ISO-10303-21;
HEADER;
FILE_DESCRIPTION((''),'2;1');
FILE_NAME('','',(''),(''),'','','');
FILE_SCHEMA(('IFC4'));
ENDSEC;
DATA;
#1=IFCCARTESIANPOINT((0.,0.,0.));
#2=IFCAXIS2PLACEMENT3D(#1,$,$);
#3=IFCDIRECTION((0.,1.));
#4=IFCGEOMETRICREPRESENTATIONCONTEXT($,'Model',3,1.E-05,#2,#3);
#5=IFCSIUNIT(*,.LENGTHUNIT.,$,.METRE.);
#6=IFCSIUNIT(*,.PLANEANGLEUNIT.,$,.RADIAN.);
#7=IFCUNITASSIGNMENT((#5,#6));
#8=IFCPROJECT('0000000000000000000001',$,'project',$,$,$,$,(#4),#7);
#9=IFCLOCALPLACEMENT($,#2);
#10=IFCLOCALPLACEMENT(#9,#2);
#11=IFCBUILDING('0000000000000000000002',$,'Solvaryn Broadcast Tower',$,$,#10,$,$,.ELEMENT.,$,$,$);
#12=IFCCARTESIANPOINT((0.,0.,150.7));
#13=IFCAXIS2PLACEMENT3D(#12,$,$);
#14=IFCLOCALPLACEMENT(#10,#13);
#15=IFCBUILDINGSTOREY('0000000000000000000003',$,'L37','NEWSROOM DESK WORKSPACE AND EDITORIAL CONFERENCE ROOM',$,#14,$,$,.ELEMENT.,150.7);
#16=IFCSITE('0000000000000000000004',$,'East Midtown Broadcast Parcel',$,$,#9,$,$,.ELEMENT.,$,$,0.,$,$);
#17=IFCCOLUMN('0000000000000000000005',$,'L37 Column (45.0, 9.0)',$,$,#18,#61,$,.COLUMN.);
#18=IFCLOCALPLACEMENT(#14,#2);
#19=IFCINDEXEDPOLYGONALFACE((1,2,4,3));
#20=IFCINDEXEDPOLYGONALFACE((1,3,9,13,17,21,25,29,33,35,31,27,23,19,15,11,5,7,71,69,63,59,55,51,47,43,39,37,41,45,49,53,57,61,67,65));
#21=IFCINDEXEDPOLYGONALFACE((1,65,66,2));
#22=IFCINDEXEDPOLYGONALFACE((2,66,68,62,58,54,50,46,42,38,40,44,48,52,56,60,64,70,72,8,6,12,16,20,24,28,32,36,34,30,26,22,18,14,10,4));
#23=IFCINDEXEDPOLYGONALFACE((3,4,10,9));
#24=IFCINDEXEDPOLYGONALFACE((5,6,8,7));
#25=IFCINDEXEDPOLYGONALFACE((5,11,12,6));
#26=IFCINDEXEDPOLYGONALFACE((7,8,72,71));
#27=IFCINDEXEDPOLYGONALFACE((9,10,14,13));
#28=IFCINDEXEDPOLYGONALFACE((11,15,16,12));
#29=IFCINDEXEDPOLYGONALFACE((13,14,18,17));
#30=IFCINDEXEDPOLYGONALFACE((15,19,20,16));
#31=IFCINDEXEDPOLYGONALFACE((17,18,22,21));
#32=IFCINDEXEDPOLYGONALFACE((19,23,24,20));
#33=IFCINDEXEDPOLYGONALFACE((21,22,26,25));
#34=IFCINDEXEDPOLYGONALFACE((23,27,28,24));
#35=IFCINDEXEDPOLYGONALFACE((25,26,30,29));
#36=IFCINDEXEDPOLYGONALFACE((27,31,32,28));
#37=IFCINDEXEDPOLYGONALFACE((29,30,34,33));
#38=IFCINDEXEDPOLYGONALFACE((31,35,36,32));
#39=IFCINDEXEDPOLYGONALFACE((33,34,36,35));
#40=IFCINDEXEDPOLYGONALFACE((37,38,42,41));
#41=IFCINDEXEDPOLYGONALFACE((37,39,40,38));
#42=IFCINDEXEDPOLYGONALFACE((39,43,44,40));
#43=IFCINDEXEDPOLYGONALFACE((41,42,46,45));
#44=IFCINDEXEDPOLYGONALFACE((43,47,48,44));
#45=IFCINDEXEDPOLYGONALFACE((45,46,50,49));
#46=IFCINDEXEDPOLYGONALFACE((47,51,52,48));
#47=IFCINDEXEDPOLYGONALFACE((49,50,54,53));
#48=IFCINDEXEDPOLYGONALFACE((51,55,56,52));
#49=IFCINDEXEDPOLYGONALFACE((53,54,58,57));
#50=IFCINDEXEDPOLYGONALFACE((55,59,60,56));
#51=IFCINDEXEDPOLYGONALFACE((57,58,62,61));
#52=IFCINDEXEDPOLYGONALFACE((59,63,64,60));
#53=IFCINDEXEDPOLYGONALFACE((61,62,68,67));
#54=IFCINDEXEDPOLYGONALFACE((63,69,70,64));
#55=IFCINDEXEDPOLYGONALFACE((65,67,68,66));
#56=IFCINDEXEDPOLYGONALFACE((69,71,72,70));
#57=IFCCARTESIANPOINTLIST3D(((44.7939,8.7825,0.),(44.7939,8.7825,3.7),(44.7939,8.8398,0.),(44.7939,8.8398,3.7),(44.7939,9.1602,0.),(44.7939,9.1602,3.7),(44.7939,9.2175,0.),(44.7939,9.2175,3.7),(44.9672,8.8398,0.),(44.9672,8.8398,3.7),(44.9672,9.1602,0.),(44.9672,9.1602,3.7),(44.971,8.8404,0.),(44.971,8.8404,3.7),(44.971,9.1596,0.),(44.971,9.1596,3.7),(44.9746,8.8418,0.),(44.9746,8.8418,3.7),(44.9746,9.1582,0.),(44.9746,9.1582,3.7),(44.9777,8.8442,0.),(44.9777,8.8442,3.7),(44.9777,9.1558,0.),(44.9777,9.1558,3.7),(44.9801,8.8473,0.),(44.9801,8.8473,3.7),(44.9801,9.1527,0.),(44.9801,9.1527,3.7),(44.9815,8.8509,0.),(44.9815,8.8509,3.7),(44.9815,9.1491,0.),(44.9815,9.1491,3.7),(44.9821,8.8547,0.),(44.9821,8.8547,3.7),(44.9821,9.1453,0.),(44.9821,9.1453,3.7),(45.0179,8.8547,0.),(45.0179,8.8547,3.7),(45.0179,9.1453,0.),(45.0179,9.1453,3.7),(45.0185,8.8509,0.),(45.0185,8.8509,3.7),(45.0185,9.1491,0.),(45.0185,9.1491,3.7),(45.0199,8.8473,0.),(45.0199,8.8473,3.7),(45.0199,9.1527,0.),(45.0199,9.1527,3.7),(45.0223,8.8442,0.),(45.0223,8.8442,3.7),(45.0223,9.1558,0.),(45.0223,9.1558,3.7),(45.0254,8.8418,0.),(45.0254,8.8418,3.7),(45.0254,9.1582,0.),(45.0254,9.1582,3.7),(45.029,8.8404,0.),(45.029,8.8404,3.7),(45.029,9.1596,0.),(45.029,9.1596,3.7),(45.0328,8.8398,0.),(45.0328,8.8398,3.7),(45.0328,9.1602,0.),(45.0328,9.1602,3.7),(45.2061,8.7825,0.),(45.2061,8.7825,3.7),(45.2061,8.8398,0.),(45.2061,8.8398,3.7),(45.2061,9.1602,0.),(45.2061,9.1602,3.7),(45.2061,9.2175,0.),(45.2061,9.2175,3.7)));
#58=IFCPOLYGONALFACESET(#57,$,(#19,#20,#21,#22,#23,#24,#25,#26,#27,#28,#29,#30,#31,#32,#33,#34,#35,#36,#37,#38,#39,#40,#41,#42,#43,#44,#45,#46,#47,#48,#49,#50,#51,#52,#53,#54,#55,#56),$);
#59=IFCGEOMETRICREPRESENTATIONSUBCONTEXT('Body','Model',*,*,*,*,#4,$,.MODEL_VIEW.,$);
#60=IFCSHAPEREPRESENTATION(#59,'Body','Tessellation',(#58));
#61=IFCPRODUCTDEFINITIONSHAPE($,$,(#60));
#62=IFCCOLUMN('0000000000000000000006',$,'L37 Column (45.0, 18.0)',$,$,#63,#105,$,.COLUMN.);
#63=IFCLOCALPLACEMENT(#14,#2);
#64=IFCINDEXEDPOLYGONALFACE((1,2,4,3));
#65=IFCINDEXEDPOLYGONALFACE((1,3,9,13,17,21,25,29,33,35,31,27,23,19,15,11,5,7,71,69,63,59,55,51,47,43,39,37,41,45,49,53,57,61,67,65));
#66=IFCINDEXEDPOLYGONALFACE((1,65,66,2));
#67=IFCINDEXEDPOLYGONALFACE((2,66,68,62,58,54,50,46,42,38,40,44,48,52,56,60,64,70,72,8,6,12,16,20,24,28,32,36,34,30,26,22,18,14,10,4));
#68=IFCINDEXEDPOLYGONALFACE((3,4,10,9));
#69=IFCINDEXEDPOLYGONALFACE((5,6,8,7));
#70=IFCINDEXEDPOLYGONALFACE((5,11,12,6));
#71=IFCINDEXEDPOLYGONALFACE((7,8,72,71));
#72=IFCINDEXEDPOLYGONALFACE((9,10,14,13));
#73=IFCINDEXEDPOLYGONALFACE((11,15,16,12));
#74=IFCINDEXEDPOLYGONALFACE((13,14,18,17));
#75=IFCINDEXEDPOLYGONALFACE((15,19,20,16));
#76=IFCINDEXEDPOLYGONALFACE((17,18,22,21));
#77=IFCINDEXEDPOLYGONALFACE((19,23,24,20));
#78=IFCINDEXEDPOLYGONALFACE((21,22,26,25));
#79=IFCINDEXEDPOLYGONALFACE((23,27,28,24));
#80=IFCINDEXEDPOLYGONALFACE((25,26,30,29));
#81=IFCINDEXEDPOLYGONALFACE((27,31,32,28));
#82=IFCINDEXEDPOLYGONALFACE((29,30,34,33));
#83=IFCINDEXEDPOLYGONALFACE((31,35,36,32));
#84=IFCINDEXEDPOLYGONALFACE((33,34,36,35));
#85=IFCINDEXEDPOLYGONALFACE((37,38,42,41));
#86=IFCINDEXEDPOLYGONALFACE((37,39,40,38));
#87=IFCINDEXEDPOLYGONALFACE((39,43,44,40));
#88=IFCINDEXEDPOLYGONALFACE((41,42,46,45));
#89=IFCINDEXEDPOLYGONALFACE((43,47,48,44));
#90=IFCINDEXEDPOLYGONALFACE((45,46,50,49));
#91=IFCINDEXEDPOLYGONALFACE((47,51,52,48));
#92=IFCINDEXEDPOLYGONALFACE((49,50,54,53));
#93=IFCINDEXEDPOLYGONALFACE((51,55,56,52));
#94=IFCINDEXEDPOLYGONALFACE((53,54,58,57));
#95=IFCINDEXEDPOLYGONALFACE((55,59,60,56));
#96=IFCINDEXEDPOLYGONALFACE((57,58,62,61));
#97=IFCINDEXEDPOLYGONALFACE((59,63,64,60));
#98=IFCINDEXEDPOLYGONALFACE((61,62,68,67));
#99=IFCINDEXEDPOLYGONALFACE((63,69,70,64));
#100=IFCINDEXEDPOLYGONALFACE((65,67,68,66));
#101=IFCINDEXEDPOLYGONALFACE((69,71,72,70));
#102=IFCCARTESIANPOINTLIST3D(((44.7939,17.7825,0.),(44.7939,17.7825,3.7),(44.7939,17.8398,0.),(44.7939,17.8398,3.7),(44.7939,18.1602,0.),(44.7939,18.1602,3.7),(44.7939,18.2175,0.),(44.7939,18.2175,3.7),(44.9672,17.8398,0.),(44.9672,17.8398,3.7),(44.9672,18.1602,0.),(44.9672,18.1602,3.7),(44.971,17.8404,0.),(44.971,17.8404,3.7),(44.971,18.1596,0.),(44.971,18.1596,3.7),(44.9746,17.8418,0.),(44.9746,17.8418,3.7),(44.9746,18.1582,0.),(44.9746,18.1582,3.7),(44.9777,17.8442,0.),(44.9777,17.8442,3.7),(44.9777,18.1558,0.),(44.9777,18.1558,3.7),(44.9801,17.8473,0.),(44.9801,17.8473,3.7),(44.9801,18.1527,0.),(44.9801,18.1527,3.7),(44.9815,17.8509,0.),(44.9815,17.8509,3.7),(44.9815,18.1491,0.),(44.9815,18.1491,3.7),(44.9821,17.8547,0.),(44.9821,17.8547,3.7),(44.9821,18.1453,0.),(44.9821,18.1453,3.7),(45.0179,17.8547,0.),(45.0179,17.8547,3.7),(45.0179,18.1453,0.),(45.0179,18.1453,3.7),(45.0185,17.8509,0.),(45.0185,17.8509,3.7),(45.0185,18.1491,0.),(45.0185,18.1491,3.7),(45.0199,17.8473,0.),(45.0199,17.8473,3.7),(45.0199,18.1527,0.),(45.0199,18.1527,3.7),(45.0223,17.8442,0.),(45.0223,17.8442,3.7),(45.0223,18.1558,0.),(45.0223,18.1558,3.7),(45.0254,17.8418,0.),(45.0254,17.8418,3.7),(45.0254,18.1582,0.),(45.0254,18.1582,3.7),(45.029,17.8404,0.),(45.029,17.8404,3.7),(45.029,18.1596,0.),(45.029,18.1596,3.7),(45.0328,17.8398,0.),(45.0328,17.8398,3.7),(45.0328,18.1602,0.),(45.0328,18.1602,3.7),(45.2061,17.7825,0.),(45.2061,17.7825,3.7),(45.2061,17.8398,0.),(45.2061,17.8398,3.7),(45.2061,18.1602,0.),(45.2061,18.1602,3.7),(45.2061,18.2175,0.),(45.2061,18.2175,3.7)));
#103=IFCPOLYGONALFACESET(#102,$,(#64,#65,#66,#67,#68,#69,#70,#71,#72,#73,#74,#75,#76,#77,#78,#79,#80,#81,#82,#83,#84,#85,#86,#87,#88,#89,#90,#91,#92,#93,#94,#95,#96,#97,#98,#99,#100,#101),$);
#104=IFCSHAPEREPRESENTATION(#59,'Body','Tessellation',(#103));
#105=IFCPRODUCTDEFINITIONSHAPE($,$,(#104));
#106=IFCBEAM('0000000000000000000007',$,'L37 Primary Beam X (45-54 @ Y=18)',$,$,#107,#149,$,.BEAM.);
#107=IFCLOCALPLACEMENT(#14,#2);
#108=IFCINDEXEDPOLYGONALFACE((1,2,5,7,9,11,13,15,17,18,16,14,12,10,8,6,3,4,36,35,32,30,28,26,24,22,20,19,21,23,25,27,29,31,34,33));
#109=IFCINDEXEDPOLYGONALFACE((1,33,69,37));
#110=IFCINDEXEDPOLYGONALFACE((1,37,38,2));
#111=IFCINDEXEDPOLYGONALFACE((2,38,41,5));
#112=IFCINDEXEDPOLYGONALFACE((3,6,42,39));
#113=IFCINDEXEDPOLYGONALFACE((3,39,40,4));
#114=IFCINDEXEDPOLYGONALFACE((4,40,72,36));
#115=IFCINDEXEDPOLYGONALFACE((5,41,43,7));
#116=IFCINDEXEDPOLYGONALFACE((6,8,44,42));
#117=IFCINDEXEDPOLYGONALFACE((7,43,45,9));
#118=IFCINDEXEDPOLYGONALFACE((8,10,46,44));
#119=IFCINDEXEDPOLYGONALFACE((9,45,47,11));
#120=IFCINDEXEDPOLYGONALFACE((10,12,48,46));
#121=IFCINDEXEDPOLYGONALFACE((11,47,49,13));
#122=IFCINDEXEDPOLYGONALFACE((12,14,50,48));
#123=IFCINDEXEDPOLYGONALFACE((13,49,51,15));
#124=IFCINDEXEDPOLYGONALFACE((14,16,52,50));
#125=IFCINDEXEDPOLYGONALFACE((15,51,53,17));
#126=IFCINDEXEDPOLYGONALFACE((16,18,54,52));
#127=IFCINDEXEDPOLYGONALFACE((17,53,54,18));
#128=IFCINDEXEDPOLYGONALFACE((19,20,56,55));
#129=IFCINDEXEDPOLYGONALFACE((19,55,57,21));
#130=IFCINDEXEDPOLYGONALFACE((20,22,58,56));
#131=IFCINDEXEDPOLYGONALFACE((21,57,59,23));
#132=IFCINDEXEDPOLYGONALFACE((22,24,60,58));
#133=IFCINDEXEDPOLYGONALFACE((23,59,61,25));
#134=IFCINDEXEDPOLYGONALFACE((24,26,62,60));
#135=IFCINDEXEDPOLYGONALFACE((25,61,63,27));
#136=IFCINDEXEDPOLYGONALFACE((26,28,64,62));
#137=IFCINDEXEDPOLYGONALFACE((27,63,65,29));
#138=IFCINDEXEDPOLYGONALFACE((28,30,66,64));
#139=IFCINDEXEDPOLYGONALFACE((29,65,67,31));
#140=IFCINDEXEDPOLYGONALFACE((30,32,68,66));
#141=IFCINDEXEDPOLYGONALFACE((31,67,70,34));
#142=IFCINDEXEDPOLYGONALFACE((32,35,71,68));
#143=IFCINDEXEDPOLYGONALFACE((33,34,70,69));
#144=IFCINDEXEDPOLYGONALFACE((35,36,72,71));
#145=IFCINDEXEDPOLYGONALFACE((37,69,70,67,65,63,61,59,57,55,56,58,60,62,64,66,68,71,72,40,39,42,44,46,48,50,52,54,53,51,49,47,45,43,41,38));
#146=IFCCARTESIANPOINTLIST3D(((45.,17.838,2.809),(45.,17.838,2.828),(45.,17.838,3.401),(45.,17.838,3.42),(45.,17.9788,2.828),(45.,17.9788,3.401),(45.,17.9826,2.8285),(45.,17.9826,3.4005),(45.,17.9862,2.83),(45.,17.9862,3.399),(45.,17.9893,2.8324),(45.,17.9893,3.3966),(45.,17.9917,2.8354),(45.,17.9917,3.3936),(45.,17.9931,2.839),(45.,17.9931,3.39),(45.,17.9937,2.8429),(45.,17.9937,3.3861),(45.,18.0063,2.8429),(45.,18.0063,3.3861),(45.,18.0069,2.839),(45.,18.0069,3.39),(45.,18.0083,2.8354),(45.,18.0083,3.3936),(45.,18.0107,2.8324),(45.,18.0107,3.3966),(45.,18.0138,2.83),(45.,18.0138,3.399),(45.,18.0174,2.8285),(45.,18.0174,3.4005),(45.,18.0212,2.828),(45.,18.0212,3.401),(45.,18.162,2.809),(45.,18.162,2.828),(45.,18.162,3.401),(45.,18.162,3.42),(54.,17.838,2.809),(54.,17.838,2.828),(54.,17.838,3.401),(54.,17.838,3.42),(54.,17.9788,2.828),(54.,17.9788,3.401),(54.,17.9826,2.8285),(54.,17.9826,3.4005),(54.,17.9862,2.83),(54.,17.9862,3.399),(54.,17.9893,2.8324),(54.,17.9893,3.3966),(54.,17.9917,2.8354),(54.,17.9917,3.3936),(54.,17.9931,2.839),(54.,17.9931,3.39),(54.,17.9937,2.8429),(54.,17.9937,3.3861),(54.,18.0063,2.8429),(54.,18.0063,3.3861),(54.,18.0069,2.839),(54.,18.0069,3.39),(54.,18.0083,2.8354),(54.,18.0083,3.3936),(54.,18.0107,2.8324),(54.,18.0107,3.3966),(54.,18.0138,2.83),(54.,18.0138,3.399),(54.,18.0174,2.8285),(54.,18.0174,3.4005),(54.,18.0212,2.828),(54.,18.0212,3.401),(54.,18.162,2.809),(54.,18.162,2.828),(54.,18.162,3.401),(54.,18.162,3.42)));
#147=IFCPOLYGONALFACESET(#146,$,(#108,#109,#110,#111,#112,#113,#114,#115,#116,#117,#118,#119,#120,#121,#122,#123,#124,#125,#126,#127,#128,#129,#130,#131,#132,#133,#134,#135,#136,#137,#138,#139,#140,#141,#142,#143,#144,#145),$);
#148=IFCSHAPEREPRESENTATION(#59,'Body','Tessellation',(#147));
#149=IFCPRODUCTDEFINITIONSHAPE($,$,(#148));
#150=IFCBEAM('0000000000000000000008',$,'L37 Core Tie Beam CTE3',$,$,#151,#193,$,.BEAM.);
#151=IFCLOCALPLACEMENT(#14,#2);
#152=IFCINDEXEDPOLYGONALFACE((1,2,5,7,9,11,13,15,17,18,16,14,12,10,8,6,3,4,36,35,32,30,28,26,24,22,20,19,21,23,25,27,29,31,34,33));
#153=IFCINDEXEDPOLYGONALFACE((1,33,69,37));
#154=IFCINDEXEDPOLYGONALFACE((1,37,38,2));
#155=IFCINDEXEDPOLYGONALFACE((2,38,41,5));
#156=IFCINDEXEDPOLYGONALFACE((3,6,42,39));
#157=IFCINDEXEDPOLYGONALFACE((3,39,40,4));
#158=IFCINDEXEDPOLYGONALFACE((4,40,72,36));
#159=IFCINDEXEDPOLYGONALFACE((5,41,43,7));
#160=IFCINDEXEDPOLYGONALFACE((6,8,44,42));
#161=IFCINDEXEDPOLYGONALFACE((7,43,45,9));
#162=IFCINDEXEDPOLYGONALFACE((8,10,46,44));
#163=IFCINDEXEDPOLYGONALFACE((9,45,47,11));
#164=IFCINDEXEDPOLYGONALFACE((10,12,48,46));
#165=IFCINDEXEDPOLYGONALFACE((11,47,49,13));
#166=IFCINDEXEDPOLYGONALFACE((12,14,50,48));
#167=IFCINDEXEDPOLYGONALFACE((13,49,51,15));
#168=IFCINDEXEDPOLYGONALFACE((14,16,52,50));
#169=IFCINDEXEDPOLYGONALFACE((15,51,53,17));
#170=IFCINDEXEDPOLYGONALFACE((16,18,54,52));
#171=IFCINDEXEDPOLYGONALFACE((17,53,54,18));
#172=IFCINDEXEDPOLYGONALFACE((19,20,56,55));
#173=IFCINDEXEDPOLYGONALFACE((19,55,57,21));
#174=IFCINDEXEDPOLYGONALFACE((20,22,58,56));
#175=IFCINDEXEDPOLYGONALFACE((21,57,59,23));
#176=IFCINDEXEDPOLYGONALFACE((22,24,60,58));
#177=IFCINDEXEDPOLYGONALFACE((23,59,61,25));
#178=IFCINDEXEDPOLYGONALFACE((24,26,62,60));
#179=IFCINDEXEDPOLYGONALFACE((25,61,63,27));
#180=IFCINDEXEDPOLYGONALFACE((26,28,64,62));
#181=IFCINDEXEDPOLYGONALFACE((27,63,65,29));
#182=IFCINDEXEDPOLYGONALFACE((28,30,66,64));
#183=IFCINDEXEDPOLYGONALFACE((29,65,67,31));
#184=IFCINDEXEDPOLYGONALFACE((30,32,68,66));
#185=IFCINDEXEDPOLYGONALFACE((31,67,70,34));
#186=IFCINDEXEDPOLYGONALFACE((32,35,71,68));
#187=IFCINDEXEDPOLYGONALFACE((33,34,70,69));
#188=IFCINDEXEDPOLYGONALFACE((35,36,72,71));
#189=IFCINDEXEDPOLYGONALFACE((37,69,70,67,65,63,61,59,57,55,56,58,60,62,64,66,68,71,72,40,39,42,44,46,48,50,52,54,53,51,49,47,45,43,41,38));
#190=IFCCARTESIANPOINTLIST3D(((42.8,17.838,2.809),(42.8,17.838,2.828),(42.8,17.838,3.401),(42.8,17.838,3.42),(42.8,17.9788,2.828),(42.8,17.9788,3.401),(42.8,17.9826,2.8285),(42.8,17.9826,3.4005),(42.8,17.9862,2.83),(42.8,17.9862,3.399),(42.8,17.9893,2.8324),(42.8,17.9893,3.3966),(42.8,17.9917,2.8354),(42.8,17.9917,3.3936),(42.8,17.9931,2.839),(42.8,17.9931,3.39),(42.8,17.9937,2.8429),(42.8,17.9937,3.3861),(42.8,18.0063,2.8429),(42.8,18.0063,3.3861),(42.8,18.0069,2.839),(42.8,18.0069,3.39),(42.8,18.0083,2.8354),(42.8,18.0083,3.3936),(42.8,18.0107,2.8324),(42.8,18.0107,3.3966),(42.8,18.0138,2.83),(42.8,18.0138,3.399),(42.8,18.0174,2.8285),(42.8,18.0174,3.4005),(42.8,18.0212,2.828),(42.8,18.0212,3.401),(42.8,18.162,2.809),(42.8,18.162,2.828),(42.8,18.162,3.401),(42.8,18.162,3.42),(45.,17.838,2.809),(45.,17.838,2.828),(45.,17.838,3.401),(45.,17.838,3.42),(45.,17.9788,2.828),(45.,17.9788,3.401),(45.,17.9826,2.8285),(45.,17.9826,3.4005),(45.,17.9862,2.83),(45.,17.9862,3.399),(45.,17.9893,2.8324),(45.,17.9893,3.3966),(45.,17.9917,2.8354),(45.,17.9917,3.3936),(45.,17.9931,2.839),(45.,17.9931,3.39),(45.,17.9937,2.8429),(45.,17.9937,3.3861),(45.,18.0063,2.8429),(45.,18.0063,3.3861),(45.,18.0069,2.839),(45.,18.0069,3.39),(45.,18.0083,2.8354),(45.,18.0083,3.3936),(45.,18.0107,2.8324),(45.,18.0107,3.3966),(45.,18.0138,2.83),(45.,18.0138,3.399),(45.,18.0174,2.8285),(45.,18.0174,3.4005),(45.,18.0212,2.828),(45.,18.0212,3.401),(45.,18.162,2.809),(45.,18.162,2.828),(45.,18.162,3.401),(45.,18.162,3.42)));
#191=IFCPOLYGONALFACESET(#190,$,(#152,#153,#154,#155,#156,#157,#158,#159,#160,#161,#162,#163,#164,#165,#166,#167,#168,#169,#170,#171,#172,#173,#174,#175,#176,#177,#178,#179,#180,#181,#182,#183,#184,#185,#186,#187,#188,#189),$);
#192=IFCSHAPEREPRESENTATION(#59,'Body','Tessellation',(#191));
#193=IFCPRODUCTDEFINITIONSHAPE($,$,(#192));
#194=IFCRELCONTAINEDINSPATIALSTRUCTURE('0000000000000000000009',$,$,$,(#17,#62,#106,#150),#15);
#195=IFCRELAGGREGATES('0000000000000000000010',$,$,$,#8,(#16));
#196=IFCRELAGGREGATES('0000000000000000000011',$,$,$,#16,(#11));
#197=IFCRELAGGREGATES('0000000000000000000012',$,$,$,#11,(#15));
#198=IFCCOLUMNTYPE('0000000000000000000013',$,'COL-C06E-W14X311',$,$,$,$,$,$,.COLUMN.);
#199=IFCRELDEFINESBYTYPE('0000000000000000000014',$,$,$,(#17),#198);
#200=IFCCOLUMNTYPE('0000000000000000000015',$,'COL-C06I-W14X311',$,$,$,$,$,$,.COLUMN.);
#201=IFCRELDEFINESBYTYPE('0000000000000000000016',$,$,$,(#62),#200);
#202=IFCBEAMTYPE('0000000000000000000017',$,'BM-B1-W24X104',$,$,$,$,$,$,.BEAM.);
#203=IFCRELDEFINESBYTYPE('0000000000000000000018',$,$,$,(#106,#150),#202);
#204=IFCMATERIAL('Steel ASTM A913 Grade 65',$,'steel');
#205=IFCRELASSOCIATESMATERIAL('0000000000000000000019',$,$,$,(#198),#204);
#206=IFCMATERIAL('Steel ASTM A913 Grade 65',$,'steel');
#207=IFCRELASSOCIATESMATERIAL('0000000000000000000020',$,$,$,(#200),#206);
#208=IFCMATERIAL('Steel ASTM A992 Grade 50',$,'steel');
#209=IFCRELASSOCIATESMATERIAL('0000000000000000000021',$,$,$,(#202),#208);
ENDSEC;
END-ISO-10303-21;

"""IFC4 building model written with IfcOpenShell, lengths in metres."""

from ifc_helpers import new_model, si_unit, direction, frame, origin, origin_2d, place, context, subcontext, project, spatial, i_section, extrude, material, material_profile, profile_set, type_object, element, save


model = new_model("IFC4")

# Units and contexts
model_context = context("Model", 3, precision=1e-05, world=origin(), true_north=direction((0.0, 1.0)))
body_context = subcontext(model_context, "Body", "Model", "MODEL_VIEW")
ifc_project = project(units=[si_unit("LENGTHUNIT", "METRE"), si_unit("PLANEANGLEUNIT", "RADIAN")], contexts=[model_context])

# Site, building, storey
site_placement = place(None, origin())
site = spatial("IfcSite", under=ifc_project, at=site_placement, Name="East Midtown Broadcast Parcel", CompositionType="ELEMENT", RefElevation=0.0)
building_placement = place(site_placement, origin())
building = spatial("IfcBuilding", under=site, at=building_placement, Name="Solvaryn Broadcast Tower", CompositionType="ELEMENT")
storey_placement = place(building_placement, frame((0.0, 0.0, 150.7)))
storey = spatial("IfcBuildingStorey", under=building, at=storey_placement, Name="L37", Description="NEWSROOM DESK WORKSPACE AND EDITORIAL CONFERENCE ROOM", CompositionType="ELEMENT", Elevation=150.7)

# Columns
ifc_material_1 = material(Name="Steel ASTM A913 Grade 65", Category="steel")
ifc_material_profile_1 = material_profile(ifc_material_1, i_section(OverallWidth=0.4121, OverallDepth=0.4351, WebThickness=0.0359, FlangeThickness=0.0574, FilletRadius=0.0149, at=origin_2d()))
ifc_profile_set_1 = profile_set([ifc_material_profile_1], Name="Steel ASTM A913 Grade 65")
column_type_1 = type_object("IfcColumnType", Name="COL-C06E-W14X311", PredefinedType="COLUMN", material=ifc_profile_set_1)
column_1_placement = place(storey_placement, frame((45.0, 9.0, 0.0), z_axis=(0.0, 0.0, 1.0), x_axis=(1.0, 0.0, 0.0)))
element("IfcColumn", 1, at=column_1_placement, inside=storey, type_object=column_type_1, Name="L37 Column (45.0, 9.0)", PredefinedType="COLUMN", context=body_context, shape_type="SweptSolid", body=[
    extrude(i_section(OverallWidth=0.4121, OverallDepth=0.4351, WebThickness=0.0359, FlangeThickness=0.0574, FilletRadius=0.0149, at=origin_2d()), origin(), (0.0, 0.0, 1.0), 3.7),
])
ifc_material_2 = material(Name="Steel ASTM A913 Grade 65", Category="steel")
ifc_material_profile_2 = material_profile(ifc_material_2, i_section(OverallWidth=0.4121, OverallDepth=0.4351, WebThickness=0.0359, FlangeThickness=0.0574, FilletRadius=0.0149, at=origin_2d()))
ifc_profile_set_2 = profile_set([ifc_material_profile_2], Name="Steel ASTM A913 Grade 65")
column_type_2 = type_object("IfcColumnType", Name="COL-C06I-W14X311", PredefinedType="COLUMN", material=ifc_profile_set_2)
column_2_placement = place(storey_placement, frame((45.0, 18.0, 0.0), z_axis=(0.0, 0.0, 1.0), x_axis=(1.0, 0.0, 0.0)))
element("IfcColumn", 2, at=column_2_placement, inside=storey, type_object=column_type_2, Name="L37 Column (45.0, 18.0)", PredefinedType="COLUMN", context=body_context, shape_type="SweptSolid", body=[
    extrude(i_section(OverallWidth=0.4121, OverallDepth=0.4351, WebThickness=0.0359, FlangeThickness=0.0574, FilletRadius=0.0149, at=origin_2d()), origin(), (0.0, 0.0, 1.0), 3.7),
])

# Beams
ifc_material_3 = material(Name="Steel ASTM A992 Grade 50", Category="steel")
ifc_material_profile_3 = material_profile(ifc_material_3, i_section(OverallWidth=0.324, OverallDepth=0.6111, WebThickness=0.0127, FlangeThickness=0.019, FilletRadius=0.0149, at=origin_2d()))
ifc_profile_set_3 = profile_set([ifc_material_profile_3], Name="Steel ASTM A992 Grade 50")
beam_type = type_object("IfcBeamType", Name="BM-B1-W24X104", PredefinedType="BEAM", material=ifc_profile_set_3)
beam_1_placement = place(storey_placement, frame((45.0, 18.0, 3.1145), z_axis=(1.0, 0.0, 0.0), x_axis=(0.0, 1.0, 0.0)))
element("IfcBeam", 3, at=beam_1_placement, inside=storey, type_object=beam_type, Name="L37 Primary Beam X (45-54 @ Y=18)", PredefinedType="BEAM", context=body_context, shape_type="SweptSolid", body=[
    extrude(i_section(OverallWidth=0.324, OverallDepth=0.6111, WebThickness=0.0127, FlangeThickness=0.019, FilletRadius=0.0149, at=origin_2d()), origin(), (0.0, 0.0, 1.0), 9.0),
])
beam_2_placement = place(storey_placement, frame((42.8, 18.0, 3.1145), z_axis=(1.0, 0.0, 0.0), x_axis=(0.0, 1.0, 0.0)))
element("IfcBeam", 4, at=beam_2_placement, inside=storey, type_object=beam_type, Name="L37 Core Tie Beam CTE3", PredefinedType="BEAM", context=body_context, shape_type="SweptSolid", body=[
    extrude(i_section(OverallWidth=0.324, OverallDepth=0.6111, WebThickness=0.0127, FlangeThickness=0.019, FilletRadius=0.0149, at=origin_2d()), origin(), (0.0, 0.0, 1.0), 2.2),
])

save(model, "model.ifc")
